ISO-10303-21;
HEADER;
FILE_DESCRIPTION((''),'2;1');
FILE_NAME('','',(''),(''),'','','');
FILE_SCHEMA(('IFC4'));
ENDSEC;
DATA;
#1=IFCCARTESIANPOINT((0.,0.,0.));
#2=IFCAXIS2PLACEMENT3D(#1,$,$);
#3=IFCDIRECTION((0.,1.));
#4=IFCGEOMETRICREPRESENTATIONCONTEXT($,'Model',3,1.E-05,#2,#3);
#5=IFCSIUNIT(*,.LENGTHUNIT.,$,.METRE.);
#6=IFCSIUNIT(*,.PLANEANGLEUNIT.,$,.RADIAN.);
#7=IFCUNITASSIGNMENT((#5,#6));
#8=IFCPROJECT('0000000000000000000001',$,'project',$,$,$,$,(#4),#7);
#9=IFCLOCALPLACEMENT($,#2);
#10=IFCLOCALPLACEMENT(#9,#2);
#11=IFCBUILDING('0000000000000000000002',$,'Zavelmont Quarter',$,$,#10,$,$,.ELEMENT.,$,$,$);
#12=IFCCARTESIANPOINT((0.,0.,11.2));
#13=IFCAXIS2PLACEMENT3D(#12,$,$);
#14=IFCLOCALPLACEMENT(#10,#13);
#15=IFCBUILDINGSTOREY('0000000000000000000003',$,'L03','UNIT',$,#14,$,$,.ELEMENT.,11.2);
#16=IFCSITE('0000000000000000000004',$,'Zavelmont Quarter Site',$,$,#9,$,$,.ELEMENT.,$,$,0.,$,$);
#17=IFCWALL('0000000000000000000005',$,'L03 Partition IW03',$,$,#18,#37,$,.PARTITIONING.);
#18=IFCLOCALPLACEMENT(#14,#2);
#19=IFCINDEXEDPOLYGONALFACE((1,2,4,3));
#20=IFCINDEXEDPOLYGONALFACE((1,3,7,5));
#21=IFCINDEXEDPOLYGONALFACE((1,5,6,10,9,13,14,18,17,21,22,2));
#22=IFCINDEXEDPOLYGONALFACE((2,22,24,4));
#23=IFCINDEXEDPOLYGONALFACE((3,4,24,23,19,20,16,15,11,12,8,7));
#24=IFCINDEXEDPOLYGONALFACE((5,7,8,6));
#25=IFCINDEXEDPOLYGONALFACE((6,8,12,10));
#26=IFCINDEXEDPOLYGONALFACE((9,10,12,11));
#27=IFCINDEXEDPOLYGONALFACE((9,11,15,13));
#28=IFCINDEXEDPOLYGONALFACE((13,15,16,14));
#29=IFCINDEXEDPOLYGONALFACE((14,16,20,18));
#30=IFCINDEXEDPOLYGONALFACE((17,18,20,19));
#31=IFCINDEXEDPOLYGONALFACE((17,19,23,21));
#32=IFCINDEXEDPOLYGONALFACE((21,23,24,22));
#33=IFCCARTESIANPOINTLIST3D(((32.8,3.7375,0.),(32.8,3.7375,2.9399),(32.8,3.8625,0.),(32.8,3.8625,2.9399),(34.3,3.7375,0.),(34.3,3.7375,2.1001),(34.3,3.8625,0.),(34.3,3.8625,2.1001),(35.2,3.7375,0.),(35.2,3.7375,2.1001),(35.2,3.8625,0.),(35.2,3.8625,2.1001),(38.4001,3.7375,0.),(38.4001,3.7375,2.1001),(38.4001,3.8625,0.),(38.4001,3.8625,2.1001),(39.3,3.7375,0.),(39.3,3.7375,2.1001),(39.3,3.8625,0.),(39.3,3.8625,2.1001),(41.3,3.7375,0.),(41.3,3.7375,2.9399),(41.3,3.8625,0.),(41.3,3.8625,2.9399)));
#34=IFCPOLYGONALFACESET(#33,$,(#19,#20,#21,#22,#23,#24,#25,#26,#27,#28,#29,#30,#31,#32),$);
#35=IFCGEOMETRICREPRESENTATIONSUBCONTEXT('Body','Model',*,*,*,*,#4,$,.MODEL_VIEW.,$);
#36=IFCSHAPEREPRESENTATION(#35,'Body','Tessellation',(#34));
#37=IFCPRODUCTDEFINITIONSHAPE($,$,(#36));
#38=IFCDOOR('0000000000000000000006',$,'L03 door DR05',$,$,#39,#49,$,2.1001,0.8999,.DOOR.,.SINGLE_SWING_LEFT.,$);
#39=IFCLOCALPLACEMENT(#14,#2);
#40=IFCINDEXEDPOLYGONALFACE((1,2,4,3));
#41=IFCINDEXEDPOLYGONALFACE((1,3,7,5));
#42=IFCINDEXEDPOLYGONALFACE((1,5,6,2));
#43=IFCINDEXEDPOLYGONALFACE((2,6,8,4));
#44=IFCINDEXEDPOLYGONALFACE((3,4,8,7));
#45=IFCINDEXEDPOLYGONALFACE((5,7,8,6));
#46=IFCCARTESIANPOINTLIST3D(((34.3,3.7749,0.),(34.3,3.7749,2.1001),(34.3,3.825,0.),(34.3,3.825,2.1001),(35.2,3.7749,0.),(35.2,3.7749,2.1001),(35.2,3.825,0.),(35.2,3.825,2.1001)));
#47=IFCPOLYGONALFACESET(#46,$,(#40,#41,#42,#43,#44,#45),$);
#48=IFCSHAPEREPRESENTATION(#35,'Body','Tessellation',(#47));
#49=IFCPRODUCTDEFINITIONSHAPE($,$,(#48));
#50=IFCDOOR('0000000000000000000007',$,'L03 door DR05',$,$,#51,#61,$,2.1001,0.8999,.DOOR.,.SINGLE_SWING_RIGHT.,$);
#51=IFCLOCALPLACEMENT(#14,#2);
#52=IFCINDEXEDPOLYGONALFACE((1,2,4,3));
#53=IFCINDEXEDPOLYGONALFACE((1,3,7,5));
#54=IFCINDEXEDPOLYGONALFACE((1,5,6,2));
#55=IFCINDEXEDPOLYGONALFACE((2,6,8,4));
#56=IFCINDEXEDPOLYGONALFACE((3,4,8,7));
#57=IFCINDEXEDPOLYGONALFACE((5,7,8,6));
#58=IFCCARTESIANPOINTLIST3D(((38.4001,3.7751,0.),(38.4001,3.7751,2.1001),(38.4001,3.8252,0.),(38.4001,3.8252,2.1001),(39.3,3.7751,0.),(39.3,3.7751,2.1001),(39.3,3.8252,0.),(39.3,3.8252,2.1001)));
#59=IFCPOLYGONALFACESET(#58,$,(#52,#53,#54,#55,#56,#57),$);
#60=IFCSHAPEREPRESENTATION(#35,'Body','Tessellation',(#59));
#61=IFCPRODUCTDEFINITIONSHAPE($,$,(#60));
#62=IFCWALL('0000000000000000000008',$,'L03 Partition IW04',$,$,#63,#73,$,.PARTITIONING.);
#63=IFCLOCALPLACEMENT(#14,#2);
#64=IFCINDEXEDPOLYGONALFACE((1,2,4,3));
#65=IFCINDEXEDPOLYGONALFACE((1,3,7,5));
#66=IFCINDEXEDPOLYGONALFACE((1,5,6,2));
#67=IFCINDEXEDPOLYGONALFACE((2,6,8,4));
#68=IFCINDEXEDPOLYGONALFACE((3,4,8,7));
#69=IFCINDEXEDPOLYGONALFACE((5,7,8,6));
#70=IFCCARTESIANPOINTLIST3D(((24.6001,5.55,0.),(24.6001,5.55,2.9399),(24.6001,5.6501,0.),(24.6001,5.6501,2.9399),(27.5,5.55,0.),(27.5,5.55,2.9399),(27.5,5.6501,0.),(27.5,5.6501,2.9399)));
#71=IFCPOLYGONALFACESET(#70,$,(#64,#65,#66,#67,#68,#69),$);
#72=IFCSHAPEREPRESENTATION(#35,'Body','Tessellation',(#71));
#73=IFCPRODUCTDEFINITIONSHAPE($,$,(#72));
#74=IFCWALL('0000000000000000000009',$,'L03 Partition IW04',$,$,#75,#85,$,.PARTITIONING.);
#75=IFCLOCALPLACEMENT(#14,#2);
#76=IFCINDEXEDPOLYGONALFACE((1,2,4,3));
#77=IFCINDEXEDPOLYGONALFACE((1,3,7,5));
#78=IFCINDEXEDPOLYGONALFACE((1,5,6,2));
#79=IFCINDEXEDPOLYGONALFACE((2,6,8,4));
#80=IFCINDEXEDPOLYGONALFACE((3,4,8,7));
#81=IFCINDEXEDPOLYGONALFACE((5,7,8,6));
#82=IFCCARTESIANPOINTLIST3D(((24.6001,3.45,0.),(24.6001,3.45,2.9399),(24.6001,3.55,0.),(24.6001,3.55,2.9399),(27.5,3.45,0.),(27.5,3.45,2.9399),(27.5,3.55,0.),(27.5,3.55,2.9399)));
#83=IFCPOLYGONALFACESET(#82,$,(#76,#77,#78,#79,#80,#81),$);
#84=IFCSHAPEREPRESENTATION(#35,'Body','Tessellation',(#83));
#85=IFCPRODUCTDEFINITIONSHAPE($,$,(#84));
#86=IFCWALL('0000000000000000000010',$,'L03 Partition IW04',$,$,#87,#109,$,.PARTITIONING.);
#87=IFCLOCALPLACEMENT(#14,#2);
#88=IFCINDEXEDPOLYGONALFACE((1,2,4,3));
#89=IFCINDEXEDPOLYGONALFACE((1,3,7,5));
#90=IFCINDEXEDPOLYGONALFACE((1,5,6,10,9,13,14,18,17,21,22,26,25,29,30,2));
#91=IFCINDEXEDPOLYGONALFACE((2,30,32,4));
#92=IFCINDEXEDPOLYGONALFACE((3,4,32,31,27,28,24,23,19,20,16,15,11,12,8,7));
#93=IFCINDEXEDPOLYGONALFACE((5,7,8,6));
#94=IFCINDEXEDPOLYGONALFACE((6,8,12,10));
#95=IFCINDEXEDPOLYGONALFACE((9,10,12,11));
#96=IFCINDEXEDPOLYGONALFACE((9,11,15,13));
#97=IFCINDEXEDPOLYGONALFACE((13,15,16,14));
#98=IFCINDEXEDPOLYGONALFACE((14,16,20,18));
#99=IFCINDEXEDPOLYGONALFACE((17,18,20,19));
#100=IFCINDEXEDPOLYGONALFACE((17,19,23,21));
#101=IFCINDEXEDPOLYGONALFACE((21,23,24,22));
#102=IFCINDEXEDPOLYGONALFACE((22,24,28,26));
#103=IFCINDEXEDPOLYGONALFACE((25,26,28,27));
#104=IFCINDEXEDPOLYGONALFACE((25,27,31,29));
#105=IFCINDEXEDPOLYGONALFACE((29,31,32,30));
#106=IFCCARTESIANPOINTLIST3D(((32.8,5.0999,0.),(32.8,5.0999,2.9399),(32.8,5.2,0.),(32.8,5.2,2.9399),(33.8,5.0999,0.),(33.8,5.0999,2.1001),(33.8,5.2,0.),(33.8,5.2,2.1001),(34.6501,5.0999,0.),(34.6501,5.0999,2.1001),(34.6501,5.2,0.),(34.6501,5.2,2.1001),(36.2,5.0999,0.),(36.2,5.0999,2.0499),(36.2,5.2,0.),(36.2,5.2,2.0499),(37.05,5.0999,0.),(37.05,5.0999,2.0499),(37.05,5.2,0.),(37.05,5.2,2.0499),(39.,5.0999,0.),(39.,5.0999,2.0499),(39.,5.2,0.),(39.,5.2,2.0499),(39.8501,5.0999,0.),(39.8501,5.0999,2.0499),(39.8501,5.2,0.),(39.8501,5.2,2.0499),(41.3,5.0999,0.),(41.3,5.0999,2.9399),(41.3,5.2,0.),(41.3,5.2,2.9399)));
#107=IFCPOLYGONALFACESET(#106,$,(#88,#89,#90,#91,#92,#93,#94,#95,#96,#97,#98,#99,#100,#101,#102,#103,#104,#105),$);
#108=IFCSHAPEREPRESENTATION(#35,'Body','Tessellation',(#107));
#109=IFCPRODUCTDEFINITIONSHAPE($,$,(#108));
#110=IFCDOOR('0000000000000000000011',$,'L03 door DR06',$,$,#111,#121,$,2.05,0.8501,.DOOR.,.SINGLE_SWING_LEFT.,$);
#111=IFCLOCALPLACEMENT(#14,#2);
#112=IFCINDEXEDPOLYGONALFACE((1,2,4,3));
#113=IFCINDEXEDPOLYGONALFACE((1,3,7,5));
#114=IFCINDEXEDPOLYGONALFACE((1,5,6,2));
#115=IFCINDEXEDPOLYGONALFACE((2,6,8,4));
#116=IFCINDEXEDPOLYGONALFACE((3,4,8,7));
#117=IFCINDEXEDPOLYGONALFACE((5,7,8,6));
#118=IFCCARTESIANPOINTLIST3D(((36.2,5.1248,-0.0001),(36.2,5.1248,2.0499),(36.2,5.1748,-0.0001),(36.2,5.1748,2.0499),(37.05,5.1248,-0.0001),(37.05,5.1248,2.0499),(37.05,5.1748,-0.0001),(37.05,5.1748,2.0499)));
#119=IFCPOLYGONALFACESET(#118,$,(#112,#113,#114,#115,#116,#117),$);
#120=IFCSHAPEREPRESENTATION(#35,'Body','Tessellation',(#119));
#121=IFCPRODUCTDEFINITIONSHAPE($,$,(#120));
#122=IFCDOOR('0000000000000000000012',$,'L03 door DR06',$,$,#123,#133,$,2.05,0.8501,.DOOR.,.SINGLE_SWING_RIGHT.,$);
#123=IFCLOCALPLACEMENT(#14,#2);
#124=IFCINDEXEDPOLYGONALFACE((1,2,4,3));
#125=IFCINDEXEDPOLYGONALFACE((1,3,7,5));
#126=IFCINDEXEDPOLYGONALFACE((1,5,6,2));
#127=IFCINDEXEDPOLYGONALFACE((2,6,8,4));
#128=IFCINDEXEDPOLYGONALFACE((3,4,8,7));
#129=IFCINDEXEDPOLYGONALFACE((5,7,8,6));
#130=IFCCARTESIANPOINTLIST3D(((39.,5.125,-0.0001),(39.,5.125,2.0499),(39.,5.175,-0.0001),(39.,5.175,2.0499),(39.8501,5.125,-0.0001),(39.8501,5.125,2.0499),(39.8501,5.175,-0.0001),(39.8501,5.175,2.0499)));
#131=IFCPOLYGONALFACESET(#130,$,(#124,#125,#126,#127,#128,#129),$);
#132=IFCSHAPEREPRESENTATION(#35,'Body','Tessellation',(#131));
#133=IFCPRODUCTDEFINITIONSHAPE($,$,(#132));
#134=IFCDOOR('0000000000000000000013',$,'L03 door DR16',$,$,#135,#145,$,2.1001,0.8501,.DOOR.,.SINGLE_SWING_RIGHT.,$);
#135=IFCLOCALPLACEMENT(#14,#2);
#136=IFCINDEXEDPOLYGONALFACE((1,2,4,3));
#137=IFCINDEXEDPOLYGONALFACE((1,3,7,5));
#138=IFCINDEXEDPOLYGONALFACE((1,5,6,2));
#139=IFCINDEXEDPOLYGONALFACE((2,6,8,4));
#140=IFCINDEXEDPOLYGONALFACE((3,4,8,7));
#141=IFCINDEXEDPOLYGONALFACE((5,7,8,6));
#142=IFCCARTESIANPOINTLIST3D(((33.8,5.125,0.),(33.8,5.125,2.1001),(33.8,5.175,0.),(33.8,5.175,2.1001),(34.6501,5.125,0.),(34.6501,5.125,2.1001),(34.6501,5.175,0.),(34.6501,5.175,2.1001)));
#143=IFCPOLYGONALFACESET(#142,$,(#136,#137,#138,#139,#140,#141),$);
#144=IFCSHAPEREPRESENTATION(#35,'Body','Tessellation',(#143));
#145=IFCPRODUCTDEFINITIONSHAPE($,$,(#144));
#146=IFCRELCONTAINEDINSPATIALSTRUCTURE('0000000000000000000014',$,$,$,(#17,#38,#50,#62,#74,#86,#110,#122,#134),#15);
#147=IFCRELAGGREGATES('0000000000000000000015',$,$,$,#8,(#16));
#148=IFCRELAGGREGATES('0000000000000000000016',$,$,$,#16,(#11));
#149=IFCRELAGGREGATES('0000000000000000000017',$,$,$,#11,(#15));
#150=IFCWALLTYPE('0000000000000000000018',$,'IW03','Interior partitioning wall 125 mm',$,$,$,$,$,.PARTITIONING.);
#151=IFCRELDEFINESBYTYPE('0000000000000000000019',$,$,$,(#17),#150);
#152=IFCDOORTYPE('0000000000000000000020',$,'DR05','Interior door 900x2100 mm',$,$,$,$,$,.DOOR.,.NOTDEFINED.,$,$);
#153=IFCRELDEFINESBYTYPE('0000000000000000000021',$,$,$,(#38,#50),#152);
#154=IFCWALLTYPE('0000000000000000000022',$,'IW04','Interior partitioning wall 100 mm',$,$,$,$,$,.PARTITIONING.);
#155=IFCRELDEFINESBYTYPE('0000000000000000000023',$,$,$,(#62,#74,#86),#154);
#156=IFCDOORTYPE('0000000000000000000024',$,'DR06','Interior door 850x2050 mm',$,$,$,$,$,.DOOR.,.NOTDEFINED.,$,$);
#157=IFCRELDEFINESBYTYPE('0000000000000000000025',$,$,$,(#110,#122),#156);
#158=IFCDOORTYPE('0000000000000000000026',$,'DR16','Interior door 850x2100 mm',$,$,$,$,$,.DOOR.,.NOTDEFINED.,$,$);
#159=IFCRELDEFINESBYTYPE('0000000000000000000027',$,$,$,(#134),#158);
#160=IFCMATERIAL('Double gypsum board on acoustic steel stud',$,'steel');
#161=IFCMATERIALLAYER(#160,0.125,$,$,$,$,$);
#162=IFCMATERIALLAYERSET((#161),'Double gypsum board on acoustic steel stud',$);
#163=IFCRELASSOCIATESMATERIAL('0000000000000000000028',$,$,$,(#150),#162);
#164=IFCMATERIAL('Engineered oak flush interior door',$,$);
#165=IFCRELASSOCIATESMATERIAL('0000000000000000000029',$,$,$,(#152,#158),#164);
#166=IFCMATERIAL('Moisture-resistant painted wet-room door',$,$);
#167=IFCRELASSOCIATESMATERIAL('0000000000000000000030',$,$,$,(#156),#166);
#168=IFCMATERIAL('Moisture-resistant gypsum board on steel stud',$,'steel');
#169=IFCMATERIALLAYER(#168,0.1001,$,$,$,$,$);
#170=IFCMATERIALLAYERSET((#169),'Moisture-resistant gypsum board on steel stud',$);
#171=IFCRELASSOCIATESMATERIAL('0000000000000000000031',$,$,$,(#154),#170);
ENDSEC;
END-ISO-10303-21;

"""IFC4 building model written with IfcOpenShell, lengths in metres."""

from ifc_helpers import new_model, si_unit, direction, frame, frame_2d, origin, origin_with_axes, place, context, subcontext, project, spatial, rectangle, extrude, material, layer, layer_set, type_object, element, fill, save


model = new_model("IFC4")

# Units and contexts
model_context = context("Model", 3, precision=1e-05, world=origin(), true_north=direction((0.0, 1.0)))
body_context = subcontext(model_context, "Body", "Model", "MODEL_VIEW")
ifc_project = project(units=[si_unit("LENGTHUNIT", "METRE"), si_unit("PLANEANGLEUNIT", "RADIAN")], contexts=[model_context])

# Site, building, storey
site_placement = place(None, origin())
site = spatial("IfcSite", under=ifc_project, at=site_placement, Name="Zavelmont Quarter Site", CompositionType="ELEMENT", RefElevation=0.0)
building_placement = place(site_placement, origin())
building = spatial("IfcBuilding", under=site, at=building_placement, Name="Zavelmont Quarter", CompositionType="ELEMENT")
storey_placement = place(building_placement, frame((0.0, 0.0, 11.2)))
storey = spatial("IfcBuildingStorey", under=building, at=storey_placement, Name="L03", Description="UNIT", CompositionType="ELEMENT", Elevation=11.2)

# Shared definitions
ifc_material_1 = material(Name="Double gypsum board on acoustic steel stud", Category="steel")
ifc_layer_1 = layer(ifc_material_1, 0.125)
ifc_layer_set_1 = layer_set([ifc_layer_1], Name="Double gypsum board on acoustic steel stud")
wall_type_1 = type_object("IfcWallType", Name="IW03", Description="Interior partitioning wall 125 mm", PredefinedType="PARTITIONING", material=ifc_layer_set_1)
ifc_material_2 = material(Name="Engineered oak flush interior door")
door_type_1 = type_object("IfcDoorType", Name="DR05", Description="Interior door 900x2100 mm", OperationType="NOTDEFINED", PredefinedType="DOOR", material=ifc_material_2)
ifc_material_3 = material(Name="Moisture-resistant painted wet-room door")
door_type_2 = type_object("IfcDoorType", Name="DR06", Description="Interior door 850x2050 mm", OperationType="NOTDEFINED", PredefinedType="DOOR", material=ifc_material_3)
door_type_3 = type_object("IfcDoorType", Name="DR16", Description="Interior door 850x2100 mm", OperationType="NOTDEFINED", PredefinedType="DOOR", material=ifc_material_2)

# Wall, openings, doors
wall_1_placement = place(storey_placement, frame((32.8, 3.8, 0.0), z_axis=(0.0, 0.0, 1.0), x_axis=(1.0, 0.0, 0.0)))
wall_1 = element("IfcWall", 1, at=wall_1_placement, inside=storey, type_object=wall_type_1, Name="L03 Partition IW03", PredefinedType="PARTITIONING", context=body_context, shape_type="SweptSolid", body=[
    extrude(rectangle(XDim=8.5, YDim=0.125, at=frame_2d((4.25, 0.0))), origin(), (0.0, 0.0, 1.0), 2.9399),
])
opening_1_placement = place(wall_1_placement, frame((1.5, 0.0, 0.0)))
opening_1 = element("IfcOpeningElement", 2, at=opening_1_placement, cuts=wall_1, PredefinedType="OPENING", context=body_context, shape_type="SweptSolid", body=[
    extrude(rectangle(XDim=0.8999, YDim=2.1001, at=frame_2d((0.45, 1.05))), frame((0.0, 0.0745, 0.0), z_axis=(0.0, -1.0, 0.0), x_axis=(1.0, 0.0, 0.0)), (0.0, 0.0, 1.0), 0.1489),
])
opening_2_placement = place(wall_1_placement, frame((5.6001, 0.0, 0.0)))
opening_2 = element("IfcOpeningElement", 3, at=opening_2_placement, cuts=wall_1, PredefinedType="OPENING", context=body_context, shape_type="SweptSolid", body=[
    extrude(rectangle(XDim=0.8999, YDim=2.1001, at=frame_2d((0.45, 1.05))), frame((0.0, 0.0745, 0.0), z_axis=(0.0, -1.0, 0.0), x_axis=(1.0, 0.0, 0.0)), (0.0, 0.0, 1.0), 0.1489),
])
door_1_placement = place(opening_1_placement, origin_with_axes())
door_1 = element("IfcDoor", 4, at=door_1_placement, inside=storey, type_object=door_type_1, Name="L03 door DR05", OperationType="SINGLE_SWING_LEFT", OverallHeight=2.1001, OverallWidth=0.8999, PredefinedType="DOOR", context=body_context, shape_type="SweptSolid", body=[
    extrude(rectangle(XDim=0.8999, YDim=2.1001, at=frame_2d((0.45, 1.05))), frame((0.0, 0.0249, 0.0), z_axis=(0.0, -1.0, 0.0), x_axis=(1.0, 0.0, 0.0)), (0.0, 0.0, 1.0), 0.05),
])
fill(opening_1, door_1)
door_2_placement = place(opening_2_placement, frame((0.8999, 0.0, 0.0), z_axis=(0.0, 0.0, 1.0), x_axis=(-1.0, 0.0, 0.0)))
door_2 = element("IfcDoor", 5, at=door_2_placement, inside=storey, type_object=door_type_1, Name="L03 door DR05", OperationType="SINGLE_SWING_RIGHT", OverallHeight=2.1001, OverallWidth=0.8999, PredefinedType="DOOR", context=body_context, shape_type="SweptSolid", body=[
    extrude(rectangle(XDim=0.8999, YDim=2.1001, at=frame_2d((0.45, 1.05))), frame((0.0, 0.0249, 0.0), z_axis=(0.0, -1.0, 0.0), x_axis=(1.0, 0.0, 0.0)), (0.0, 0.0, 1.0), 0.05),
])
fill(opening_2, door_2)

# Walls
ifc_material_4 = material(Name="Moisture-resistant gypsum board on steel stud", Category="steel")
ifc_layer_2 = layer(ifc_material_4, 0.1001)
ifc_layer_set_2 = layer_set([ifc_layer_2], Name="Moisture-resistant gypsum board on steel stud")
wall_type_2 = type_object("IfcWallType", Name="IW04", Description="Interior partitioning wall 100 mm", PredefinedType="PARTITIONING", material=ifc_layer_set_2)
for number, where, z_axis, x_axis, name in (
    (6, (24.6001, 5.6001, 0.0), (0.0, 0.0, 1.0), (1.0, 0.0, 0.0), "L03 Partition IW04"),
    (7, (24.6001, 3.5, 0.0), (0.0, 0.0, 1.0), (1.0, 0.0, 0.0), "L03 Partition IW04"),
):
    element("IfcWall", number, at=place(storey_placement, frame(where, z_axis=z_axis, x_axis=x_axis)), inside=storey, type_object=wall_type_2, Name=name, PredefinedType="PARTITIONING", context=body_context, shape_type="SweptSolid", body=[
        extrude(rectangle(XDim=2.8999, YDim=0.1001, at=frame_2d((1.45, 0.0))), origin(), (0.0, 0.0, 1.0), 2.9399),
    ])

# Wall, openings, doors
wall_2_placement = place(storey_placement, frame((32.8, 5.1499, 0.0), z_axis=(0.0, 0.0, 1.0), x_axis=(1.0, 0.0, 0.0)))
wall_2 = element("IfcWall", 8, at=wall_2_placement, inside=storey, type_object=wall_type_2, Name="L03 Partition IW04", PredefinedType="PARTITIONING", context=body_context, shape_type="SweptSolid", body=[
    extrude(rectangle(XDim=8.5, YDim=0.1001, at=frame_2d((4.25, 0.0))), origin(), (0.0, 0.0, 1.0), 2.9399),
])
opening_3_placement = place(wall_2_placement, frame((1.0, 0.0, 0.0)))
opening_3 = element("IfcOpeningElement", 9, at=opening_3_placement, cuts=wall_2, PredefinedType="OPENING", context=body_context, shape_type="SweptSolid", body=[
    extrude(rectangle(XDim=0.8501, YDim=2.1001, at=frame_2d((0.425, 1.05))), frame((0.0, 0.062, 0.0), z_axis=(0.0, -1.0, 0.0), x_axis=(1.0, 0.0, 0.0)), (0.0, 0.0, 1.0), 0.124),
])
opening_4_placement = place(wall_2_placement, frame((3.3999, 0.0, 0.0)))
opening_4 = element("IfcOpeningElement", 10, at=opening_4_placement, cuts=wall_2, PredefinedType="OPENING", context=body_context, shape_type="SweptSolid", body=[
    extrude(rectangle(XDim=0.8501, YDim=2.05, at=frame_2d((0.425, 1.0249))), frame((0.0, 0.062, 0.0), z_axis=(0.0, -1.0, 0.0), x_axis=(1.0, 0.0, 0.0)), (0.0, 0.0, 1.0), 0.124),
])
opening_5_placement = place(wall_2_placement, frame((6.2, 0.0, 0.0)))
opening_5 = element("IfcOpeningElement", 11, at=opening_5_placement, cuts=wall_2, PredefinedType="OPENING", context=body_context, shape_type="SweptSolid", body=[
    extrude(rectangle(XDim=0.8501, YDim=2.05, at=frame_2d((0.425, 1.0249))), frame((0.0, 0.062, 0.0), z_axis=(0.0, -1.0, 0.0), x_axis=(1.0, 0.0, 0.0)), (0.0, 0.0, 1.0), 0.124),
])
door_3_placement = place(opening_4_placement, origin_with_axes())
door_3 = element("IfcDoor", 12, at=door_3_placement, inside=storey, type_object=door_type_2, Name="L03 door DR06", OperationType="SINGLE_SWING_LEFT", OverallHeight=2.05, OverallWidth=0.8501, PredefinedType="DOOR", context=body_context, shape_type="SweptSolid", body=[
    extrude(rectangle(XDim=0.8501, YDim=2.05, at=frame_2d((0.425, 1.0249))), frame((0.0, 0.0249, 0.0), z_axis=(0.0, -1.0, 0.0), x_axis=(1.0, 0.0, 0.0)), (0.0, 0.0, 1.0), 0.05),
])
fill(opening_4, door_3)
door_4_placement = place(opening_5_placement, frame((0.8501, 0.0, 0.0), z_axis=(0.0, 0.0, 1.0), x_axis=(-1.0, 0.0, 0.0)))
door_4 = element("IfcDoor", 13, at=door_4_placement, inside=storey, type_object=door_type_2, Name="L03 door DR06", OperationType="SINGLE_SWING_RIGHT", OverallHeight=2.05, OverallWidth=0.8501, PredefinedType="DOOR", context=body_context, shape_type="SweptSolid", body=[
    extrude(rectangle(XDim=0.8501, YDim=2.05, at=frame_2d((0.425, 1.0249))), frame((0.0, 0.0249, 0.0), z_axis=(0.0, -1.0, 0.0), x_axis=(1.0, 0.0, 0.0)), (0.0, 0.0, 1.0), 0.05),
])
fill(opening_5, door_4)
door_5_placement = place(opening_3_placement, frame((0.8501, 0.0, 0.0), z_axis=(0.0, 0.0, 1.0), x_axis=(-1.0, 0.0, 0.0)))
door_5 = element("IfcDoor", 14, at=door_5_placement, inside=storey, type_object=door_type_3, Name="L03 door DR16", OperationType="SINGLE_SWING_RIGHT", OverallHeight=2.1001, OverallWidth=0.8501, PredefinedType="DOOR", context=body_context, shape_type="SweptSolid", body=[
    extrude(rectangle(XDim=0.8501, YDim=2.1001, at=frame_2d((0.425, 1.05))), frame((0.0, 0.0249, 0.0), z_axis=(0.0, -1.0, 0.0), x_axis=(1.0, 0.0, 0.0)), (0.0, 0.0, 1.0), 0.05),
])
fill(opening_3, door_5)

save(model, "model.ifc")
